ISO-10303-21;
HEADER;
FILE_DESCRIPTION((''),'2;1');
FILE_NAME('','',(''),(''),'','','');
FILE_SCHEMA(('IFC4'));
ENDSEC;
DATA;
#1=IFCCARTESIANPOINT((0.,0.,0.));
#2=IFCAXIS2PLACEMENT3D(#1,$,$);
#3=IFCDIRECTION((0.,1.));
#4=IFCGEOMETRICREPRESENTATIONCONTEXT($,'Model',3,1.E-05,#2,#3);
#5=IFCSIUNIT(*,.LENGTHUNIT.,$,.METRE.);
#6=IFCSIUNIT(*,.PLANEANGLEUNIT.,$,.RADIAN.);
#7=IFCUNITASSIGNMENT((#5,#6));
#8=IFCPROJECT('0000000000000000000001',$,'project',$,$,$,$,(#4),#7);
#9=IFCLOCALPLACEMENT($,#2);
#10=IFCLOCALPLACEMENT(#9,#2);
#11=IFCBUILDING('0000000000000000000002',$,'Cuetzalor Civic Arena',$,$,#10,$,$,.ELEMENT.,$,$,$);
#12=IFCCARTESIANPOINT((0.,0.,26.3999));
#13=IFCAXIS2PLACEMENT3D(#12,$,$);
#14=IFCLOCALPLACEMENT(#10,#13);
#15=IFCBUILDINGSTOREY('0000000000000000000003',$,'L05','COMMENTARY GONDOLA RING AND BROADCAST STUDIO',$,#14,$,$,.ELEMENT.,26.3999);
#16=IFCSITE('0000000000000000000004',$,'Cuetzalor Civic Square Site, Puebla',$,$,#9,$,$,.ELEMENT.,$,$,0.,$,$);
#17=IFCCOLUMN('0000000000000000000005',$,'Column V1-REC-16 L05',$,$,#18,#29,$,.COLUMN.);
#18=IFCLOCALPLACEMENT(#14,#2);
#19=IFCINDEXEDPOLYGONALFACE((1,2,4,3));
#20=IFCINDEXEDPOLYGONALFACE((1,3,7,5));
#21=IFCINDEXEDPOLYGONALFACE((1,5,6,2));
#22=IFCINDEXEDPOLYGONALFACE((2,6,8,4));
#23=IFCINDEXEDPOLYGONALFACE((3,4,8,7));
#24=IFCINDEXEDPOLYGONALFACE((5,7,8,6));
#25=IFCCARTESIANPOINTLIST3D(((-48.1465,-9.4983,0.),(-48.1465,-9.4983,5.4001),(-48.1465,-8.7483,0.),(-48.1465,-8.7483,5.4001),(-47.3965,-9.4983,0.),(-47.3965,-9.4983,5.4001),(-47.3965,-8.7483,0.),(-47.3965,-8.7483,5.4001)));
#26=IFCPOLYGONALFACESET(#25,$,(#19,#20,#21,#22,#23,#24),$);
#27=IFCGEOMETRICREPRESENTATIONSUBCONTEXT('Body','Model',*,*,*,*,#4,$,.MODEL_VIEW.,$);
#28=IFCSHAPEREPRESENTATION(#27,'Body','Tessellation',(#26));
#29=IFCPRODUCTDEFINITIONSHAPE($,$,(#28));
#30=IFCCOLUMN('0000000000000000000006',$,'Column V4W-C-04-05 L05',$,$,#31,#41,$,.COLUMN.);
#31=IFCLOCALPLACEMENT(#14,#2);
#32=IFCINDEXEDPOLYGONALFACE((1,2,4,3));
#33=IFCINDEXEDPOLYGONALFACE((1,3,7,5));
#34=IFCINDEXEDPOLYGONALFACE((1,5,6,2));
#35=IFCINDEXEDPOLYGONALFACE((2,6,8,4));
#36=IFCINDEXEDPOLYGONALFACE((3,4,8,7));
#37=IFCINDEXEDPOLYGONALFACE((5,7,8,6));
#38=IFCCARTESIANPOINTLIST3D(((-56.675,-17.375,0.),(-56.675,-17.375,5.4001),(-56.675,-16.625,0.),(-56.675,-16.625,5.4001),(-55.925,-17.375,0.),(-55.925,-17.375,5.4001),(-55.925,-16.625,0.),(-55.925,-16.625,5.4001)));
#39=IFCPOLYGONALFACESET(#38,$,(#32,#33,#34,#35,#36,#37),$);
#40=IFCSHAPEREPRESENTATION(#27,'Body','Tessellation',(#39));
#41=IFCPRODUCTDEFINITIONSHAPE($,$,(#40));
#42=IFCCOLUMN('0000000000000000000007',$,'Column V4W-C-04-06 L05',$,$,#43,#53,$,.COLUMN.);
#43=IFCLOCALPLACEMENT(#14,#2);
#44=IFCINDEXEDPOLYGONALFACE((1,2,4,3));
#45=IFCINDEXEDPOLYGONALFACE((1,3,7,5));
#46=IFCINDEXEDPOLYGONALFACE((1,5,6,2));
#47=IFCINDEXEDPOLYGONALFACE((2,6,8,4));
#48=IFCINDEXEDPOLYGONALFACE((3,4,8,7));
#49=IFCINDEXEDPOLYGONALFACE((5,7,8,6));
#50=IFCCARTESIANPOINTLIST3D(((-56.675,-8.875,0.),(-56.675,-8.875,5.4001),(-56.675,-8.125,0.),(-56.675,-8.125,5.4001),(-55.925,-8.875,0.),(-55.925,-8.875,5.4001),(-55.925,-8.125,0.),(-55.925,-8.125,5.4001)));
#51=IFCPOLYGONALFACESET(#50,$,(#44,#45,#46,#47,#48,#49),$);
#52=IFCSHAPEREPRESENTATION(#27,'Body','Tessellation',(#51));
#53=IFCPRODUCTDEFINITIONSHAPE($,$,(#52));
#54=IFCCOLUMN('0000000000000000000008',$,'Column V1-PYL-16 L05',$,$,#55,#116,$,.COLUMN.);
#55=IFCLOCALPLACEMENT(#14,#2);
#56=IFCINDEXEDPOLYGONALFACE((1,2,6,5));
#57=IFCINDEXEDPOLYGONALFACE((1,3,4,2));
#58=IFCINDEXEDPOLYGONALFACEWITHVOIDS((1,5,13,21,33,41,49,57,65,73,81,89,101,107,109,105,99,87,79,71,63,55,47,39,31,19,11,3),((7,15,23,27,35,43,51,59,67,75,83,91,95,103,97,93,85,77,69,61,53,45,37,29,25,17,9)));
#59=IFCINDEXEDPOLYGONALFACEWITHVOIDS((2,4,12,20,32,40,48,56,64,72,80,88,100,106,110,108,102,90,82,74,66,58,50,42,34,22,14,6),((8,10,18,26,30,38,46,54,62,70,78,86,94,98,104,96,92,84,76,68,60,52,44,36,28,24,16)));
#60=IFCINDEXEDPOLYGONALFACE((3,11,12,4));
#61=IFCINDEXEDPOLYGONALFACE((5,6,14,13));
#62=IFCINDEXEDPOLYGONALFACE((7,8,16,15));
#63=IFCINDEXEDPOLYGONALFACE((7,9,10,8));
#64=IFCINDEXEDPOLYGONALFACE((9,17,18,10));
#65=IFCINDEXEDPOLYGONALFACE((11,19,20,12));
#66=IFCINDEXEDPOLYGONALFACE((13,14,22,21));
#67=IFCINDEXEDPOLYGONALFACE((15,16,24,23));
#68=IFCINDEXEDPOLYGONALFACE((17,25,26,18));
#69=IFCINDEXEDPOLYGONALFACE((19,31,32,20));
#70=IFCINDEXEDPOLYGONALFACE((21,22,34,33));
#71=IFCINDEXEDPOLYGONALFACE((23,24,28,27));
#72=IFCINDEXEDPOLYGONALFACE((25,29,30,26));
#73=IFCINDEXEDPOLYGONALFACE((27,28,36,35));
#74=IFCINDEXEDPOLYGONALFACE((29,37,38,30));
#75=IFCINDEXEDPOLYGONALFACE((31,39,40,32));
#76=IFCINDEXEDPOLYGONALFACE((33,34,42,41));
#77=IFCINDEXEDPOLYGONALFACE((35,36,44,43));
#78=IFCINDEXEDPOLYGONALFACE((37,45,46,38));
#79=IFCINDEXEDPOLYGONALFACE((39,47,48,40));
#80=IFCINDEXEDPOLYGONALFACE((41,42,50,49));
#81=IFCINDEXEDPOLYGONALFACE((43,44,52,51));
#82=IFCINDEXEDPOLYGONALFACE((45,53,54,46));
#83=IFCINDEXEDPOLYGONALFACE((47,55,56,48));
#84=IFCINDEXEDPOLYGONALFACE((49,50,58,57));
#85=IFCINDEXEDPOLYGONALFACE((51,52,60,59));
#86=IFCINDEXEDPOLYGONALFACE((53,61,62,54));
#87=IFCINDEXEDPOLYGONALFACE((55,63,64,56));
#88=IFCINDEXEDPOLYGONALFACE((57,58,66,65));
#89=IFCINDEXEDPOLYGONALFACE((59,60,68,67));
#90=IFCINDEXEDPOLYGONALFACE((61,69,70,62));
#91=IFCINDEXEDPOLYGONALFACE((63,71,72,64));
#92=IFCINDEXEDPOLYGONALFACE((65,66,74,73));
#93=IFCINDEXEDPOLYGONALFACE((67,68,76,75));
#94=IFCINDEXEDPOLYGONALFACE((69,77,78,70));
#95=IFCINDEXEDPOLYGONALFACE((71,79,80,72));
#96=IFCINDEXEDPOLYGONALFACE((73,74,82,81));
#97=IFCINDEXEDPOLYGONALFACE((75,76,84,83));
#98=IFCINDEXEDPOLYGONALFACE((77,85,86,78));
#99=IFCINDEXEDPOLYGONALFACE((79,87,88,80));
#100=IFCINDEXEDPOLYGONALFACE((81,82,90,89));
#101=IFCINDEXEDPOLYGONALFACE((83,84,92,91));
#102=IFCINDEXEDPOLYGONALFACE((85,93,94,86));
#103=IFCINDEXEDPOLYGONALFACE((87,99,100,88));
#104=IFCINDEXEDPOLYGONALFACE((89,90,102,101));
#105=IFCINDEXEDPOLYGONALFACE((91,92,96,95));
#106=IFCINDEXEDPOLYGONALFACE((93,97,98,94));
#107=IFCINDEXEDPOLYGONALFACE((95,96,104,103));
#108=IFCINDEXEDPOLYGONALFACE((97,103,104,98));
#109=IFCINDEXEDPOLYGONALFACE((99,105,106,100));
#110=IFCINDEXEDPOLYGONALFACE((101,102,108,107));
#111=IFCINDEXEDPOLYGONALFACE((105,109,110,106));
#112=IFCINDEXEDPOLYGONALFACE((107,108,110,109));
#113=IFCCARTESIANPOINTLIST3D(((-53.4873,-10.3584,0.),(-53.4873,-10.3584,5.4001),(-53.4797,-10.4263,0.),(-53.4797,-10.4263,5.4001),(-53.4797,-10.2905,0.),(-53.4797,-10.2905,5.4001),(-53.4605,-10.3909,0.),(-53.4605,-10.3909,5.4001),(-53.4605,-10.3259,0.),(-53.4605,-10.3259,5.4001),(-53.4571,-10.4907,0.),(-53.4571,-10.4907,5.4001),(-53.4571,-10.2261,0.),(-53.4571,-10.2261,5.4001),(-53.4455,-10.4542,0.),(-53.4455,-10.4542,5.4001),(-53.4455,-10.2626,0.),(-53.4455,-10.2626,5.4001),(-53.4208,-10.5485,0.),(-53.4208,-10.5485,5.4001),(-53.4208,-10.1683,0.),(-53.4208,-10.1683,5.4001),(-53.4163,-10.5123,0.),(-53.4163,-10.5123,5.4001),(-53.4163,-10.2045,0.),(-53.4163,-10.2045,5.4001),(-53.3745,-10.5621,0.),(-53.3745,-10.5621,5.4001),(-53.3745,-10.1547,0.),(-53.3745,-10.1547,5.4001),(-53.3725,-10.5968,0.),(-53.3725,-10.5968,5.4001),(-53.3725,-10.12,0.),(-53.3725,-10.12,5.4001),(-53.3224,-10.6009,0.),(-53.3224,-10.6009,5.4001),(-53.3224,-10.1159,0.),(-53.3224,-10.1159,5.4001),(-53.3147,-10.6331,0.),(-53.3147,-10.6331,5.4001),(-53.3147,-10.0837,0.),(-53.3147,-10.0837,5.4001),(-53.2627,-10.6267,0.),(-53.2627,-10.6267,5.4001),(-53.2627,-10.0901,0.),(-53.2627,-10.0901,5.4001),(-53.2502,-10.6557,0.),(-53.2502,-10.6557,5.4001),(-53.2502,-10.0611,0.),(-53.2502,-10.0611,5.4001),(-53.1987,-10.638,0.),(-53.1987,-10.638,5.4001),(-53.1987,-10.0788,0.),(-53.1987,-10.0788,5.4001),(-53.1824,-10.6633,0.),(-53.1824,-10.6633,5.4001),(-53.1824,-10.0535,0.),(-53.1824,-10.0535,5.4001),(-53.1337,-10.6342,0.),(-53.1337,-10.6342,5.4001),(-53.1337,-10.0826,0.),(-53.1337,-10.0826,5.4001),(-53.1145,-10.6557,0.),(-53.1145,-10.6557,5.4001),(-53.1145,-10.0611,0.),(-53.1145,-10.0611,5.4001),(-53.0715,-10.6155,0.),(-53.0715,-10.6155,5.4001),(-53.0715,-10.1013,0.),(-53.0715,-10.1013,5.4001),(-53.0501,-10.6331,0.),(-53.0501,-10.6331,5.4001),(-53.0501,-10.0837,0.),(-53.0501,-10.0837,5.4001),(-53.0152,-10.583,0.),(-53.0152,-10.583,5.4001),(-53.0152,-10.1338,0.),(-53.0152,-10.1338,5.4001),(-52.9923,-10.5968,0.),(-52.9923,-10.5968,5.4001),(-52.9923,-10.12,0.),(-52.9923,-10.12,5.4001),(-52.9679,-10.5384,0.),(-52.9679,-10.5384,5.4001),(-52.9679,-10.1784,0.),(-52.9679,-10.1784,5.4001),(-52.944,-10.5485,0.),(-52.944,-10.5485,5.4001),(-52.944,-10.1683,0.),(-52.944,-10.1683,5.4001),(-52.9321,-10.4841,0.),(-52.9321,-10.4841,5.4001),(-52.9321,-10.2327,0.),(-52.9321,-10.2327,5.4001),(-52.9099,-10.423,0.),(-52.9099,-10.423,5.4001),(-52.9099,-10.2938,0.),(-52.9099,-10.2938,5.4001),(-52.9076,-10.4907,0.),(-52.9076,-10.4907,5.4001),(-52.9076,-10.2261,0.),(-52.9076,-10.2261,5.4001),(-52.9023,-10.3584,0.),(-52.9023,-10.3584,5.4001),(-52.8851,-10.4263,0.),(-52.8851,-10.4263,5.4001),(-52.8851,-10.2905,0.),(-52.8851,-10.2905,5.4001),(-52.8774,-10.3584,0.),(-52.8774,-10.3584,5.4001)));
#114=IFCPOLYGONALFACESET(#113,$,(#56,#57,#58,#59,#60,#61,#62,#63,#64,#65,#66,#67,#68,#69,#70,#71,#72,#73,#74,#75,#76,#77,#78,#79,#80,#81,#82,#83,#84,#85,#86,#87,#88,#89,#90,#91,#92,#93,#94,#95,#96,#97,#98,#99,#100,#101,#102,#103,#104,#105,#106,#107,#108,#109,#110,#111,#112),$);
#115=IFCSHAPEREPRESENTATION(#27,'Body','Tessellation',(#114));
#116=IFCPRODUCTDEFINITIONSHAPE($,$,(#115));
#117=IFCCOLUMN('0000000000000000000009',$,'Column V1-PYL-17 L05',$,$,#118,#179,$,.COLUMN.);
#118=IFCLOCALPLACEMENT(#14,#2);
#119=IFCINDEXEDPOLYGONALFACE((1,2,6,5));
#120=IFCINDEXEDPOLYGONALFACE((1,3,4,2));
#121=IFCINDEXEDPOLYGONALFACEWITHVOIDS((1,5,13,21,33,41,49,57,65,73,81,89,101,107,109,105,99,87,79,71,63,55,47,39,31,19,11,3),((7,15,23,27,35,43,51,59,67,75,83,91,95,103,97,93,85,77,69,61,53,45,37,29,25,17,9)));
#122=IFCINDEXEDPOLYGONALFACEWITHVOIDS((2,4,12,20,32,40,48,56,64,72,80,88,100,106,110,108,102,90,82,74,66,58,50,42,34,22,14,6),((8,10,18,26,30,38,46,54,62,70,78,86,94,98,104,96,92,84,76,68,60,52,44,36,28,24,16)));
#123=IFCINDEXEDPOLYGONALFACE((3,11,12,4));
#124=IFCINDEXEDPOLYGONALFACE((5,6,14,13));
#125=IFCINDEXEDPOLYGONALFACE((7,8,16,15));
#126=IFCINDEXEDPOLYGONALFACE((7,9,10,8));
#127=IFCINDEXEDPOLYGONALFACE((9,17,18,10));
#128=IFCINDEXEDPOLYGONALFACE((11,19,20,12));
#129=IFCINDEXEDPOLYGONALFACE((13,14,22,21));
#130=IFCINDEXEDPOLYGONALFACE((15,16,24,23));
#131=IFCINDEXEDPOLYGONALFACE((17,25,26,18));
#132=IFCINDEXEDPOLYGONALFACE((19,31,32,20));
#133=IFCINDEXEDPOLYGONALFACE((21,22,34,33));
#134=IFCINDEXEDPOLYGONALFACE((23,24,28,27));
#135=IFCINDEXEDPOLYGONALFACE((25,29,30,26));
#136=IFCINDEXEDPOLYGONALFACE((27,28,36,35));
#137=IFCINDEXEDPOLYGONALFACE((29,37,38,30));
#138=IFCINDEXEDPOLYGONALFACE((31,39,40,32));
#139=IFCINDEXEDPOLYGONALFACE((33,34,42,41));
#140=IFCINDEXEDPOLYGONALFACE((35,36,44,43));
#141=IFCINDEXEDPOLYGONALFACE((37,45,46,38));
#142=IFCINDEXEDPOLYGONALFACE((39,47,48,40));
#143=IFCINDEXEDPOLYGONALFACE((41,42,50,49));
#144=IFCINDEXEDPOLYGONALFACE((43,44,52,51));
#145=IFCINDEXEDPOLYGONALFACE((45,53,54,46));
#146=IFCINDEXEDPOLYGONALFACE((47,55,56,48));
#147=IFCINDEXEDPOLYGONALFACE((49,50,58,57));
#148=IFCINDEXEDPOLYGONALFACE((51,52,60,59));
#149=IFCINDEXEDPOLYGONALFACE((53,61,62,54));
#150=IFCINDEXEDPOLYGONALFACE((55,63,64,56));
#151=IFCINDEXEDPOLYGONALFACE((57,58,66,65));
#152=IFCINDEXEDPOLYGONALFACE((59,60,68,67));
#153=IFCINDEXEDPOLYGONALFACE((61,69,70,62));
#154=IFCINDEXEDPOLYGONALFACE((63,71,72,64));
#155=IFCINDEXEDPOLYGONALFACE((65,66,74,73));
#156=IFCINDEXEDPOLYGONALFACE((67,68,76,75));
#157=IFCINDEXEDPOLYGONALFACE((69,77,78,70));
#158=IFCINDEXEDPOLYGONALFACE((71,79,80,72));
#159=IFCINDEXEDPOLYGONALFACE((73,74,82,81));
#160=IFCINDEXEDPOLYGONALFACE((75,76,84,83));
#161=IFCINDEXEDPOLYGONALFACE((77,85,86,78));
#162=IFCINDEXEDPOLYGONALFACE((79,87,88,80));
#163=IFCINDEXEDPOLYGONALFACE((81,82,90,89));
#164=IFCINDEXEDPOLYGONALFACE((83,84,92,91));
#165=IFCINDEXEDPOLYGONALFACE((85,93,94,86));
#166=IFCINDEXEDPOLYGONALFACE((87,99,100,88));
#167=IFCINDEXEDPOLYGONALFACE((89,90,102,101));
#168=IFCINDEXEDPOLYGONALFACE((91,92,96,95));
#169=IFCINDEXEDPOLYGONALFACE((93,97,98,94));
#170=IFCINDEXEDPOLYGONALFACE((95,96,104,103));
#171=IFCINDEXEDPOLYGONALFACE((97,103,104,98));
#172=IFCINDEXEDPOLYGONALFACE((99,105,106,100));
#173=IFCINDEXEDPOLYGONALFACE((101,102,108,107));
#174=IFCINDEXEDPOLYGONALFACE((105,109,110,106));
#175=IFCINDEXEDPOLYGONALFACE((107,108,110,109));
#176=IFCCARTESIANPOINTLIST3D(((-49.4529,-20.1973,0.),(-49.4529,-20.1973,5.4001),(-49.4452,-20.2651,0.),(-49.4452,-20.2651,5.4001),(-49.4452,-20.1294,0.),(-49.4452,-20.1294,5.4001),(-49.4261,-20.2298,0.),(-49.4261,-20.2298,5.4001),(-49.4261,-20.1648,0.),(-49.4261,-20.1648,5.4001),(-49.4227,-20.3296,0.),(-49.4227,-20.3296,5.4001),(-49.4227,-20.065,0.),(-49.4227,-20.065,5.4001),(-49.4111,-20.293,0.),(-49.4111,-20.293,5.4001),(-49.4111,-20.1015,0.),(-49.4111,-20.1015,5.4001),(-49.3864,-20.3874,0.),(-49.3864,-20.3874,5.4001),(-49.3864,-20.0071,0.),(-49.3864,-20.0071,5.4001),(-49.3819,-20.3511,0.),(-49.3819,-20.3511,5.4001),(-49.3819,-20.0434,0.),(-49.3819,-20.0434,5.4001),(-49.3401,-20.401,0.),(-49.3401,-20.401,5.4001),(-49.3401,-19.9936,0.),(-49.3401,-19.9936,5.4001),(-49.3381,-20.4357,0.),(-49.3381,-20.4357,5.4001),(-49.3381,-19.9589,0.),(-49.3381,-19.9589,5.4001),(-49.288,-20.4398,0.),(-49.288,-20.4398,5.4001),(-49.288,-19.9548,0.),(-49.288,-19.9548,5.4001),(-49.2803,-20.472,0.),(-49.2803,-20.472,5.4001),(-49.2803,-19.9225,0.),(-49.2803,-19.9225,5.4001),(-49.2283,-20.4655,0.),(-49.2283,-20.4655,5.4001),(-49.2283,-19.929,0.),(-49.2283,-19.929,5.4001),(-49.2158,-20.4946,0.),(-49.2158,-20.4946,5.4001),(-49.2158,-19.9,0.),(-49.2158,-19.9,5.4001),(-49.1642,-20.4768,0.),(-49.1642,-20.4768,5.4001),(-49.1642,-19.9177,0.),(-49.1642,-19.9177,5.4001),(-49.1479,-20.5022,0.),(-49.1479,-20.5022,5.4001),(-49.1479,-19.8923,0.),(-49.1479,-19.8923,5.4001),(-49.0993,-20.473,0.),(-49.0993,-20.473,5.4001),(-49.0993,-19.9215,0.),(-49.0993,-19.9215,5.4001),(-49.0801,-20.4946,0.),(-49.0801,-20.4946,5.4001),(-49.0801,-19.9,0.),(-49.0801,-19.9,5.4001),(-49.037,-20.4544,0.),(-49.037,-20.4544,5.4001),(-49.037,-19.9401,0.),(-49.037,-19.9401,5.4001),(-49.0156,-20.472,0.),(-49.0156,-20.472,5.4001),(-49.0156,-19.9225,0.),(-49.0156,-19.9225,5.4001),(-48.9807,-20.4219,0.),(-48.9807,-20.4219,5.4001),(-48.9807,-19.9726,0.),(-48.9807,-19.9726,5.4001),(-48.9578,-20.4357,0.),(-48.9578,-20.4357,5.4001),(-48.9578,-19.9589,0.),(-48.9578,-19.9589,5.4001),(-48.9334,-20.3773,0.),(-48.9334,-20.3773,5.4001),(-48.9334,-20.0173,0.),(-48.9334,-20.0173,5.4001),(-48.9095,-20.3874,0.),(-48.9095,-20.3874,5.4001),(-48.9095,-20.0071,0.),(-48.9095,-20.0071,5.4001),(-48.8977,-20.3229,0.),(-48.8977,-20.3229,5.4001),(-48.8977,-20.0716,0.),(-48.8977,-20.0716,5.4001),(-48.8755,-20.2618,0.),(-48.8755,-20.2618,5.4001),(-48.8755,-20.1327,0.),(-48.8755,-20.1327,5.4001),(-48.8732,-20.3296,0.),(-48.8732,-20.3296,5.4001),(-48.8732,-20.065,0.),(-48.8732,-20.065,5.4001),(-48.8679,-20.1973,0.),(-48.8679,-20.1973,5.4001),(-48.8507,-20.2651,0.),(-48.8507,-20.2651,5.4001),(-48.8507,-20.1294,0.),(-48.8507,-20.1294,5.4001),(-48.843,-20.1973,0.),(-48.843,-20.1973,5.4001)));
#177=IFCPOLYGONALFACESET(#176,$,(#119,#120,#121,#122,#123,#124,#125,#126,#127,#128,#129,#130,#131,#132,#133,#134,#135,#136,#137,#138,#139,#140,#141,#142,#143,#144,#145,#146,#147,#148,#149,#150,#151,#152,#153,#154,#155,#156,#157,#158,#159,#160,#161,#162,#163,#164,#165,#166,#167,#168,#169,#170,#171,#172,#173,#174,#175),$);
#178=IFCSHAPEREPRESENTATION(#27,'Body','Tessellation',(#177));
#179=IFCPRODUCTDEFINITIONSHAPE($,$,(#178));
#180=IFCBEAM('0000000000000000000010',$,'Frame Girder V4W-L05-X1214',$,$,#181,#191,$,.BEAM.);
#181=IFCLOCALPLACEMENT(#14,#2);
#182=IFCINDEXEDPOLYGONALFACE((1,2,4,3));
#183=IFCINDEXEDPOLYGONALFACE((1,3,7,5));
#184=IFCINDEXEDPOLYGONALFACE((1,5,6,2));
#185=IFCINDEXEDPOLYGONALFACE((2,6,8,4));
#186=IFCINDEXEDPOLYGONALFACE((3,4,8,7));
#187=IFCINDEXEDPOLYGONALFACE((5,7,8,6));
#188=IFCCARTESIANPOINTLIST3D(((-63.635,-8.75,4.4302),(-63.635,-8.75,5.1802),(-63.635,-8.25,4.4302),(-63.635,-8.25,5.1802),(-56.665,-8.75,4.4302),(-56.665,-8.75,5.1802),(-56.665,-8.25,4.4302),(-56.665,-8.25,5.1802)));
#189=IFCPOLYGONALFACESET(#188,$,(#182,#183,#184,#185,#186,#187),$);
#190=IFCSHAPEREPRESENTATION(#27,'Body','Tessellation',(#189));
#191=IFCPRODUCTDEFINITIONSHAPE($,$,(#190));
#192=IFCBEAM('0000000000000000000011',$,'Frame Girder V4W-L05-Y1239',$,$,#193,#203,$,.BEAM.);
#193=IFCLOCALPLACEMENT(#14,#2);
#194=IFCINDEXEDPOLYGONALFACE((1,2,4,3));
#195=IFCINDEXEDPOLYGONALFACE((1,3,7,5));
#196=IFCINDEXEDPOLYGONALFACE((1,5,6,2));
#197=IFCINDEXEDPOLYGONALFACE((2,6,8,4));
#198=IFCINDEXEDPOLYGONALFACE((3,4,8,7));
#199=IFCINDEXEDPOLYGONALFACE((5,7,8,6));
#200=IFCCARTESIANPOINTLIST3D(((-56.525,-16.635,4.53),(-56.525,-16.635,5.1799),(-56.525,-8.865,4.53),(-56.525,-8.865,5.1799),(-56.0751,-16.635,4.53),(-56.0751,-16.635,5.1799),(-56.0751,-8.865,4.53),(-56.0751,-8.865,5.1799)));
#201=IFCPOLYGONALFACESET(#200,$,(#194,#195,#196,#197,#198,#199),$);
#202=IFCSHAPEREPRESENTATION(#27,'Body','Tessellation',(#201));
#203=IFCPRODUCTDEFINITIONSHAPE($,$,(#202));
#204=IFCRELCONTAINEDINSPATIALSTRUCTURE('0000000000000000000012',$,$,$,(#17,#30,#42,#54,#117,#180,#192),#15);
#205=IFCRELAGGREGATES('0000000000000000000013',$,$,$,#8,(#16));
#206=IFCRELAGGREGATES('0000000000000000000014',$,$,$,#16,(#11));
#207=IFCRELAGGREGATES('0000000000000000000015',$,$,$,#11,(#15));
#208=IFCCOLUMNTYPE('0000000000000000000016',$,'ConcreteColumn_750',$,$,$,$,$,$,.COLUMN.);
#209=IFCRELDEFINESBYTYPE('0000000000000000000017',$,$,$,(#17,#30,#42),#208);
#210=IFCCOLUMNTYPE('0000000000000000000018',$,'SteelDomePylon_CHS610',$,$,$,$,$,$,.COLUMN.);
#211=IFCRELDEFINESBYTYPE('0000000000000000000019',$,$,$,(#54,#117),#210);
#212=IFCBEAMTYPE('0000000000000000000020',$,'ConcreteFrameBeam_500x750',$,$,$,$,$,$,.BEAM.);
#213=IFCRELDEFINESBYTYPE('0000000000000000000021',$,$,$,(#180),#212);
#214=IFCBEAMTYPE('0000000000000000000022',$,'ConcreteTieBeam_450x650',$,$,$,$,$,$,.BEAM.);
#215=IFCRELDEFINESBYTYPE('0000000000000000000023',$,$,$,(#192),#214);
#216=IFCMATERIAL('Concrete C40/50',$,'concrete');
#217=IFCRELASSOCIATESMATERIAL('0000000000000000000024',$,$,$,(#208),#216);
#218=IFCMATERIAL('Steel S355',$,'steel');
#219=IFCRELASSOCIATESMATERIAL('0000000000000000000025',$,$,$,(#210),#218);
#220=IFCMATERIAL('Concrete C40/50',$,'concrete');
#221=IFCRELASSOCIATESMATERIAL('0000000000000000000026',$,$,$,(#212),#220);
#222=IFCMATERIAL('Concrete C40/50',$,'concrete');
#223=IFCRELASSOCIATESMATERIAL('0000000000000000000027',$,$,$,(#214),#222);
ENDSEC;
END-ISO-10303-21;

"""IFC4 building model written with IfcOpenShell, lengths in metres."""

from ifc_helpers import new_model, si_unit, direction, frame, origin, origin_2d, place, context, subcontext, project, spatial, rectangle, hollow_circle, extrude, material, material_profile, profile_set, type_object, element, save


model = new_model("IFC4")

# Units and contexts
model_context = context("Model", 3, precision=1e-05, world=origin(), true_north=direction((0.0, 1.0)))
body_context = subcontext(model_context, "Body", "Model", "MODEL_VIEW")
ifc_project = project(units=[si_unit("LENGTHUNIT", "METRE"), si_unit("PLANEANGLEUNIT", "RADIAN")], contexts=[model_context])

# Site, building, storey
site_placement = place(None, origin())
site = spatial("IfcSite", under=ifc_project, at=site_placement, Name="Cuetzalor Civic Square Site, Puebla", CompositionType="ELEMENT", RefElevation=0.0)
building_placement = place(site_placement, origin())
building = spatial("IfcBuilding", under=site, at=building_placement, Name="Cuetzalor Civic Arena", CompositionType="ELEMENT")
storey_placement = place(building_placement, frame((0.0, 0.0, 26.3999)))
storey = spatial("IfcBuildingStorey", under=building, at=storey_placement, Name="L05", Description="COMMENTARY GONDOLA RING AND BROADCAST STUDIO", CompositionType="ELEMENT", Elevation=26.3999)

# Columns
ifc_material_1 = material(Name="Concrete C40/50", Category="concrete")
ifc_material_profile_1 = material_profile(ifc_material_1, rectangle(XDim=0.75, YDim=0.75, at=origin_2d()), Name="RC 750x750")
ifc_profile_set_1 = profile_set([ifc_material_profile_1], Name="Concrete C40/50")
column_type_1 = type_object("IfcColumnType", Name="ConcreteColumn_750", PredefinedType="COLUMN", material=ifc_profile_set_1)
for number, where, z_axis, x_axis, name in (
    (1, (-47.7715, -9.1233, 0.0), (0.0, 0.0, 1.0), (1.0, 0.0, 0.0), "Column V1-REC-16 L05"),
    (2, (-56.3, -17.0, 0.0), (0.0, 0.0, 1.0), (1.0, 0.0, 0.0), "Column V4W-C-04-05 L05"),
    (3, (-56.3, -8.5, 0.0), (0.0, 0.0, 1.0), (1.0, 0.0, 0.0), "Column V4W-C-04-06 L05"),
):
    element("IfcColumn", number, at=place(storey_placement, frame(where, z_axis=z_axis, x_axis=x_axis)), inside=storey, type_object=column_type_1, Name=name, PredefinedType="COLUMN", context=body_context, shape_type="SweptSolid", body=[
        extrude(rectangle(XDim=0.75, YDim=0.75, at=origin_2d()), origin(), (0.0, 0.0, 1.0), 5.4001),
    ])
ifc_material_2 = material(Name="Steel S355", Category="steel")
ifc_material_profile_2 = material_profile(ifc_material_2, hollow_circle(Radius=0.3049, WallThickness=0.0249, at=origin_2d()), Name="CHS 610x25")
ifc_profile_set_2 = profile_set([ifc_material_profile_2], Name="Steel S355")
column_type_2 = type_object("IfcColumnType", Name="SteelDomePylon_CHS610", PredefinedType="COLUMN", material=ifc_profile_set_2)
for number, where, z_axis, x_axis, name in (
    (4, (-53.1824, -10.3584, 0.0), (0.0, 0.0, 1.0), (1.0, 0.0, 0.0), "Column V1-PYL-16 L05"),
    (5, (-49.1479, -20.1973, 0.0), (0.0, 0.0, 1.0), (1.0, 0.0, 0.0), "Column V1-PYL-17 L05"),
):
    element("IfcColumn", number, at=place(storey_placement, frame(where, z_axis=z_axis, x_axis=x_axis)), inside=storey, type_object=column_type_2, Name=name, PredefinedType="COLUMN", context=body_context, shape_type="SweptSolid", body=[
        extrude(hollow_circle(Radius=0.3049, WallThickness=0.0249, at=origin_2d()), origin(), (0.0, 0.0, 1.0), 5.4001),
    ])

# Beams
ifc_material_3 = material(Name="Concrete C40/50", Category="concrete")
ifc_material_profile_3 = material_profile(ifc_material_3, rectangle(XDim=0.5, YDim=0.75, at=origin_2d()), Name="RC 500x750")
ifc_profile_set_3 = profile_set([ifc_material_profile_3], Name="Concrete C40/50")
beam_type_1 = type_object("IfcBeamType", Name="ConcreteFrameBeam_500x750", PredefinedType="BEAM", material=ifc_profile_set_3)
beam_placement = place(storey_placement, frame((-63.635, -8.5, 4.8052), z_axis=(1.0, 0.0, 0.0), x_axis=(0.0, 1.0, 0.0)))
element("IfcBeam", 6, at=beam_placement, inside=storey, type_object=beam_type_1, Name="Frame Girder V4W-L05-X1214", PredefinedType="BEAM", context=body_context, shape_type="SweptSolid", body=[
    extrude(rectangle(XDim=0.5, YDim=0.75, at=origin_2d()), origin(), (0.0, 0.0, 1.0), 6.97),
])
ifc_material_4 = material(Name="Concrete C40/50", Category="concrete")
ifc_material_profile_4 = material_profile(ifc_material_4, rectangle(XDim=0.45, YDim=0.6499, at=origin_2d()), Name="RC 450x650")
ifc_profile_set_4 = profile_set([ifc_material_profile_4], Name="Concrete C40/50")
beam_type_2 = type_object("IfcBeamType", Name="ConcreteTieBeam_450x650", PredefinedType="BEAM", material=ifc_profile_set_4)
for number, where, z_axis, x_axis, name in (
    (7, (-56.3, -16.635, 4.855), (0.0, 1.0, 0.0), (-1.0, 0.0, 0.0), "Frame Girder V4W-L05-Y1239"),
):
    element("IfcBeam", number, at=place(storey_placement, frame(where, z_axis=z_axis, x_axis=x_axis)), inside=storey, type_object=beam_type_2, Name=name, PredefinedType="BEAM", context=body_context, shape_type="SweptSolid", body=[
        extrude(rectangle(XDim=0.45, YDim=0.6499, at=origin_2d()), origin(), (0.0, 0.0, 1.0), 7.77),
    ])

save(model, "model.ifc")
